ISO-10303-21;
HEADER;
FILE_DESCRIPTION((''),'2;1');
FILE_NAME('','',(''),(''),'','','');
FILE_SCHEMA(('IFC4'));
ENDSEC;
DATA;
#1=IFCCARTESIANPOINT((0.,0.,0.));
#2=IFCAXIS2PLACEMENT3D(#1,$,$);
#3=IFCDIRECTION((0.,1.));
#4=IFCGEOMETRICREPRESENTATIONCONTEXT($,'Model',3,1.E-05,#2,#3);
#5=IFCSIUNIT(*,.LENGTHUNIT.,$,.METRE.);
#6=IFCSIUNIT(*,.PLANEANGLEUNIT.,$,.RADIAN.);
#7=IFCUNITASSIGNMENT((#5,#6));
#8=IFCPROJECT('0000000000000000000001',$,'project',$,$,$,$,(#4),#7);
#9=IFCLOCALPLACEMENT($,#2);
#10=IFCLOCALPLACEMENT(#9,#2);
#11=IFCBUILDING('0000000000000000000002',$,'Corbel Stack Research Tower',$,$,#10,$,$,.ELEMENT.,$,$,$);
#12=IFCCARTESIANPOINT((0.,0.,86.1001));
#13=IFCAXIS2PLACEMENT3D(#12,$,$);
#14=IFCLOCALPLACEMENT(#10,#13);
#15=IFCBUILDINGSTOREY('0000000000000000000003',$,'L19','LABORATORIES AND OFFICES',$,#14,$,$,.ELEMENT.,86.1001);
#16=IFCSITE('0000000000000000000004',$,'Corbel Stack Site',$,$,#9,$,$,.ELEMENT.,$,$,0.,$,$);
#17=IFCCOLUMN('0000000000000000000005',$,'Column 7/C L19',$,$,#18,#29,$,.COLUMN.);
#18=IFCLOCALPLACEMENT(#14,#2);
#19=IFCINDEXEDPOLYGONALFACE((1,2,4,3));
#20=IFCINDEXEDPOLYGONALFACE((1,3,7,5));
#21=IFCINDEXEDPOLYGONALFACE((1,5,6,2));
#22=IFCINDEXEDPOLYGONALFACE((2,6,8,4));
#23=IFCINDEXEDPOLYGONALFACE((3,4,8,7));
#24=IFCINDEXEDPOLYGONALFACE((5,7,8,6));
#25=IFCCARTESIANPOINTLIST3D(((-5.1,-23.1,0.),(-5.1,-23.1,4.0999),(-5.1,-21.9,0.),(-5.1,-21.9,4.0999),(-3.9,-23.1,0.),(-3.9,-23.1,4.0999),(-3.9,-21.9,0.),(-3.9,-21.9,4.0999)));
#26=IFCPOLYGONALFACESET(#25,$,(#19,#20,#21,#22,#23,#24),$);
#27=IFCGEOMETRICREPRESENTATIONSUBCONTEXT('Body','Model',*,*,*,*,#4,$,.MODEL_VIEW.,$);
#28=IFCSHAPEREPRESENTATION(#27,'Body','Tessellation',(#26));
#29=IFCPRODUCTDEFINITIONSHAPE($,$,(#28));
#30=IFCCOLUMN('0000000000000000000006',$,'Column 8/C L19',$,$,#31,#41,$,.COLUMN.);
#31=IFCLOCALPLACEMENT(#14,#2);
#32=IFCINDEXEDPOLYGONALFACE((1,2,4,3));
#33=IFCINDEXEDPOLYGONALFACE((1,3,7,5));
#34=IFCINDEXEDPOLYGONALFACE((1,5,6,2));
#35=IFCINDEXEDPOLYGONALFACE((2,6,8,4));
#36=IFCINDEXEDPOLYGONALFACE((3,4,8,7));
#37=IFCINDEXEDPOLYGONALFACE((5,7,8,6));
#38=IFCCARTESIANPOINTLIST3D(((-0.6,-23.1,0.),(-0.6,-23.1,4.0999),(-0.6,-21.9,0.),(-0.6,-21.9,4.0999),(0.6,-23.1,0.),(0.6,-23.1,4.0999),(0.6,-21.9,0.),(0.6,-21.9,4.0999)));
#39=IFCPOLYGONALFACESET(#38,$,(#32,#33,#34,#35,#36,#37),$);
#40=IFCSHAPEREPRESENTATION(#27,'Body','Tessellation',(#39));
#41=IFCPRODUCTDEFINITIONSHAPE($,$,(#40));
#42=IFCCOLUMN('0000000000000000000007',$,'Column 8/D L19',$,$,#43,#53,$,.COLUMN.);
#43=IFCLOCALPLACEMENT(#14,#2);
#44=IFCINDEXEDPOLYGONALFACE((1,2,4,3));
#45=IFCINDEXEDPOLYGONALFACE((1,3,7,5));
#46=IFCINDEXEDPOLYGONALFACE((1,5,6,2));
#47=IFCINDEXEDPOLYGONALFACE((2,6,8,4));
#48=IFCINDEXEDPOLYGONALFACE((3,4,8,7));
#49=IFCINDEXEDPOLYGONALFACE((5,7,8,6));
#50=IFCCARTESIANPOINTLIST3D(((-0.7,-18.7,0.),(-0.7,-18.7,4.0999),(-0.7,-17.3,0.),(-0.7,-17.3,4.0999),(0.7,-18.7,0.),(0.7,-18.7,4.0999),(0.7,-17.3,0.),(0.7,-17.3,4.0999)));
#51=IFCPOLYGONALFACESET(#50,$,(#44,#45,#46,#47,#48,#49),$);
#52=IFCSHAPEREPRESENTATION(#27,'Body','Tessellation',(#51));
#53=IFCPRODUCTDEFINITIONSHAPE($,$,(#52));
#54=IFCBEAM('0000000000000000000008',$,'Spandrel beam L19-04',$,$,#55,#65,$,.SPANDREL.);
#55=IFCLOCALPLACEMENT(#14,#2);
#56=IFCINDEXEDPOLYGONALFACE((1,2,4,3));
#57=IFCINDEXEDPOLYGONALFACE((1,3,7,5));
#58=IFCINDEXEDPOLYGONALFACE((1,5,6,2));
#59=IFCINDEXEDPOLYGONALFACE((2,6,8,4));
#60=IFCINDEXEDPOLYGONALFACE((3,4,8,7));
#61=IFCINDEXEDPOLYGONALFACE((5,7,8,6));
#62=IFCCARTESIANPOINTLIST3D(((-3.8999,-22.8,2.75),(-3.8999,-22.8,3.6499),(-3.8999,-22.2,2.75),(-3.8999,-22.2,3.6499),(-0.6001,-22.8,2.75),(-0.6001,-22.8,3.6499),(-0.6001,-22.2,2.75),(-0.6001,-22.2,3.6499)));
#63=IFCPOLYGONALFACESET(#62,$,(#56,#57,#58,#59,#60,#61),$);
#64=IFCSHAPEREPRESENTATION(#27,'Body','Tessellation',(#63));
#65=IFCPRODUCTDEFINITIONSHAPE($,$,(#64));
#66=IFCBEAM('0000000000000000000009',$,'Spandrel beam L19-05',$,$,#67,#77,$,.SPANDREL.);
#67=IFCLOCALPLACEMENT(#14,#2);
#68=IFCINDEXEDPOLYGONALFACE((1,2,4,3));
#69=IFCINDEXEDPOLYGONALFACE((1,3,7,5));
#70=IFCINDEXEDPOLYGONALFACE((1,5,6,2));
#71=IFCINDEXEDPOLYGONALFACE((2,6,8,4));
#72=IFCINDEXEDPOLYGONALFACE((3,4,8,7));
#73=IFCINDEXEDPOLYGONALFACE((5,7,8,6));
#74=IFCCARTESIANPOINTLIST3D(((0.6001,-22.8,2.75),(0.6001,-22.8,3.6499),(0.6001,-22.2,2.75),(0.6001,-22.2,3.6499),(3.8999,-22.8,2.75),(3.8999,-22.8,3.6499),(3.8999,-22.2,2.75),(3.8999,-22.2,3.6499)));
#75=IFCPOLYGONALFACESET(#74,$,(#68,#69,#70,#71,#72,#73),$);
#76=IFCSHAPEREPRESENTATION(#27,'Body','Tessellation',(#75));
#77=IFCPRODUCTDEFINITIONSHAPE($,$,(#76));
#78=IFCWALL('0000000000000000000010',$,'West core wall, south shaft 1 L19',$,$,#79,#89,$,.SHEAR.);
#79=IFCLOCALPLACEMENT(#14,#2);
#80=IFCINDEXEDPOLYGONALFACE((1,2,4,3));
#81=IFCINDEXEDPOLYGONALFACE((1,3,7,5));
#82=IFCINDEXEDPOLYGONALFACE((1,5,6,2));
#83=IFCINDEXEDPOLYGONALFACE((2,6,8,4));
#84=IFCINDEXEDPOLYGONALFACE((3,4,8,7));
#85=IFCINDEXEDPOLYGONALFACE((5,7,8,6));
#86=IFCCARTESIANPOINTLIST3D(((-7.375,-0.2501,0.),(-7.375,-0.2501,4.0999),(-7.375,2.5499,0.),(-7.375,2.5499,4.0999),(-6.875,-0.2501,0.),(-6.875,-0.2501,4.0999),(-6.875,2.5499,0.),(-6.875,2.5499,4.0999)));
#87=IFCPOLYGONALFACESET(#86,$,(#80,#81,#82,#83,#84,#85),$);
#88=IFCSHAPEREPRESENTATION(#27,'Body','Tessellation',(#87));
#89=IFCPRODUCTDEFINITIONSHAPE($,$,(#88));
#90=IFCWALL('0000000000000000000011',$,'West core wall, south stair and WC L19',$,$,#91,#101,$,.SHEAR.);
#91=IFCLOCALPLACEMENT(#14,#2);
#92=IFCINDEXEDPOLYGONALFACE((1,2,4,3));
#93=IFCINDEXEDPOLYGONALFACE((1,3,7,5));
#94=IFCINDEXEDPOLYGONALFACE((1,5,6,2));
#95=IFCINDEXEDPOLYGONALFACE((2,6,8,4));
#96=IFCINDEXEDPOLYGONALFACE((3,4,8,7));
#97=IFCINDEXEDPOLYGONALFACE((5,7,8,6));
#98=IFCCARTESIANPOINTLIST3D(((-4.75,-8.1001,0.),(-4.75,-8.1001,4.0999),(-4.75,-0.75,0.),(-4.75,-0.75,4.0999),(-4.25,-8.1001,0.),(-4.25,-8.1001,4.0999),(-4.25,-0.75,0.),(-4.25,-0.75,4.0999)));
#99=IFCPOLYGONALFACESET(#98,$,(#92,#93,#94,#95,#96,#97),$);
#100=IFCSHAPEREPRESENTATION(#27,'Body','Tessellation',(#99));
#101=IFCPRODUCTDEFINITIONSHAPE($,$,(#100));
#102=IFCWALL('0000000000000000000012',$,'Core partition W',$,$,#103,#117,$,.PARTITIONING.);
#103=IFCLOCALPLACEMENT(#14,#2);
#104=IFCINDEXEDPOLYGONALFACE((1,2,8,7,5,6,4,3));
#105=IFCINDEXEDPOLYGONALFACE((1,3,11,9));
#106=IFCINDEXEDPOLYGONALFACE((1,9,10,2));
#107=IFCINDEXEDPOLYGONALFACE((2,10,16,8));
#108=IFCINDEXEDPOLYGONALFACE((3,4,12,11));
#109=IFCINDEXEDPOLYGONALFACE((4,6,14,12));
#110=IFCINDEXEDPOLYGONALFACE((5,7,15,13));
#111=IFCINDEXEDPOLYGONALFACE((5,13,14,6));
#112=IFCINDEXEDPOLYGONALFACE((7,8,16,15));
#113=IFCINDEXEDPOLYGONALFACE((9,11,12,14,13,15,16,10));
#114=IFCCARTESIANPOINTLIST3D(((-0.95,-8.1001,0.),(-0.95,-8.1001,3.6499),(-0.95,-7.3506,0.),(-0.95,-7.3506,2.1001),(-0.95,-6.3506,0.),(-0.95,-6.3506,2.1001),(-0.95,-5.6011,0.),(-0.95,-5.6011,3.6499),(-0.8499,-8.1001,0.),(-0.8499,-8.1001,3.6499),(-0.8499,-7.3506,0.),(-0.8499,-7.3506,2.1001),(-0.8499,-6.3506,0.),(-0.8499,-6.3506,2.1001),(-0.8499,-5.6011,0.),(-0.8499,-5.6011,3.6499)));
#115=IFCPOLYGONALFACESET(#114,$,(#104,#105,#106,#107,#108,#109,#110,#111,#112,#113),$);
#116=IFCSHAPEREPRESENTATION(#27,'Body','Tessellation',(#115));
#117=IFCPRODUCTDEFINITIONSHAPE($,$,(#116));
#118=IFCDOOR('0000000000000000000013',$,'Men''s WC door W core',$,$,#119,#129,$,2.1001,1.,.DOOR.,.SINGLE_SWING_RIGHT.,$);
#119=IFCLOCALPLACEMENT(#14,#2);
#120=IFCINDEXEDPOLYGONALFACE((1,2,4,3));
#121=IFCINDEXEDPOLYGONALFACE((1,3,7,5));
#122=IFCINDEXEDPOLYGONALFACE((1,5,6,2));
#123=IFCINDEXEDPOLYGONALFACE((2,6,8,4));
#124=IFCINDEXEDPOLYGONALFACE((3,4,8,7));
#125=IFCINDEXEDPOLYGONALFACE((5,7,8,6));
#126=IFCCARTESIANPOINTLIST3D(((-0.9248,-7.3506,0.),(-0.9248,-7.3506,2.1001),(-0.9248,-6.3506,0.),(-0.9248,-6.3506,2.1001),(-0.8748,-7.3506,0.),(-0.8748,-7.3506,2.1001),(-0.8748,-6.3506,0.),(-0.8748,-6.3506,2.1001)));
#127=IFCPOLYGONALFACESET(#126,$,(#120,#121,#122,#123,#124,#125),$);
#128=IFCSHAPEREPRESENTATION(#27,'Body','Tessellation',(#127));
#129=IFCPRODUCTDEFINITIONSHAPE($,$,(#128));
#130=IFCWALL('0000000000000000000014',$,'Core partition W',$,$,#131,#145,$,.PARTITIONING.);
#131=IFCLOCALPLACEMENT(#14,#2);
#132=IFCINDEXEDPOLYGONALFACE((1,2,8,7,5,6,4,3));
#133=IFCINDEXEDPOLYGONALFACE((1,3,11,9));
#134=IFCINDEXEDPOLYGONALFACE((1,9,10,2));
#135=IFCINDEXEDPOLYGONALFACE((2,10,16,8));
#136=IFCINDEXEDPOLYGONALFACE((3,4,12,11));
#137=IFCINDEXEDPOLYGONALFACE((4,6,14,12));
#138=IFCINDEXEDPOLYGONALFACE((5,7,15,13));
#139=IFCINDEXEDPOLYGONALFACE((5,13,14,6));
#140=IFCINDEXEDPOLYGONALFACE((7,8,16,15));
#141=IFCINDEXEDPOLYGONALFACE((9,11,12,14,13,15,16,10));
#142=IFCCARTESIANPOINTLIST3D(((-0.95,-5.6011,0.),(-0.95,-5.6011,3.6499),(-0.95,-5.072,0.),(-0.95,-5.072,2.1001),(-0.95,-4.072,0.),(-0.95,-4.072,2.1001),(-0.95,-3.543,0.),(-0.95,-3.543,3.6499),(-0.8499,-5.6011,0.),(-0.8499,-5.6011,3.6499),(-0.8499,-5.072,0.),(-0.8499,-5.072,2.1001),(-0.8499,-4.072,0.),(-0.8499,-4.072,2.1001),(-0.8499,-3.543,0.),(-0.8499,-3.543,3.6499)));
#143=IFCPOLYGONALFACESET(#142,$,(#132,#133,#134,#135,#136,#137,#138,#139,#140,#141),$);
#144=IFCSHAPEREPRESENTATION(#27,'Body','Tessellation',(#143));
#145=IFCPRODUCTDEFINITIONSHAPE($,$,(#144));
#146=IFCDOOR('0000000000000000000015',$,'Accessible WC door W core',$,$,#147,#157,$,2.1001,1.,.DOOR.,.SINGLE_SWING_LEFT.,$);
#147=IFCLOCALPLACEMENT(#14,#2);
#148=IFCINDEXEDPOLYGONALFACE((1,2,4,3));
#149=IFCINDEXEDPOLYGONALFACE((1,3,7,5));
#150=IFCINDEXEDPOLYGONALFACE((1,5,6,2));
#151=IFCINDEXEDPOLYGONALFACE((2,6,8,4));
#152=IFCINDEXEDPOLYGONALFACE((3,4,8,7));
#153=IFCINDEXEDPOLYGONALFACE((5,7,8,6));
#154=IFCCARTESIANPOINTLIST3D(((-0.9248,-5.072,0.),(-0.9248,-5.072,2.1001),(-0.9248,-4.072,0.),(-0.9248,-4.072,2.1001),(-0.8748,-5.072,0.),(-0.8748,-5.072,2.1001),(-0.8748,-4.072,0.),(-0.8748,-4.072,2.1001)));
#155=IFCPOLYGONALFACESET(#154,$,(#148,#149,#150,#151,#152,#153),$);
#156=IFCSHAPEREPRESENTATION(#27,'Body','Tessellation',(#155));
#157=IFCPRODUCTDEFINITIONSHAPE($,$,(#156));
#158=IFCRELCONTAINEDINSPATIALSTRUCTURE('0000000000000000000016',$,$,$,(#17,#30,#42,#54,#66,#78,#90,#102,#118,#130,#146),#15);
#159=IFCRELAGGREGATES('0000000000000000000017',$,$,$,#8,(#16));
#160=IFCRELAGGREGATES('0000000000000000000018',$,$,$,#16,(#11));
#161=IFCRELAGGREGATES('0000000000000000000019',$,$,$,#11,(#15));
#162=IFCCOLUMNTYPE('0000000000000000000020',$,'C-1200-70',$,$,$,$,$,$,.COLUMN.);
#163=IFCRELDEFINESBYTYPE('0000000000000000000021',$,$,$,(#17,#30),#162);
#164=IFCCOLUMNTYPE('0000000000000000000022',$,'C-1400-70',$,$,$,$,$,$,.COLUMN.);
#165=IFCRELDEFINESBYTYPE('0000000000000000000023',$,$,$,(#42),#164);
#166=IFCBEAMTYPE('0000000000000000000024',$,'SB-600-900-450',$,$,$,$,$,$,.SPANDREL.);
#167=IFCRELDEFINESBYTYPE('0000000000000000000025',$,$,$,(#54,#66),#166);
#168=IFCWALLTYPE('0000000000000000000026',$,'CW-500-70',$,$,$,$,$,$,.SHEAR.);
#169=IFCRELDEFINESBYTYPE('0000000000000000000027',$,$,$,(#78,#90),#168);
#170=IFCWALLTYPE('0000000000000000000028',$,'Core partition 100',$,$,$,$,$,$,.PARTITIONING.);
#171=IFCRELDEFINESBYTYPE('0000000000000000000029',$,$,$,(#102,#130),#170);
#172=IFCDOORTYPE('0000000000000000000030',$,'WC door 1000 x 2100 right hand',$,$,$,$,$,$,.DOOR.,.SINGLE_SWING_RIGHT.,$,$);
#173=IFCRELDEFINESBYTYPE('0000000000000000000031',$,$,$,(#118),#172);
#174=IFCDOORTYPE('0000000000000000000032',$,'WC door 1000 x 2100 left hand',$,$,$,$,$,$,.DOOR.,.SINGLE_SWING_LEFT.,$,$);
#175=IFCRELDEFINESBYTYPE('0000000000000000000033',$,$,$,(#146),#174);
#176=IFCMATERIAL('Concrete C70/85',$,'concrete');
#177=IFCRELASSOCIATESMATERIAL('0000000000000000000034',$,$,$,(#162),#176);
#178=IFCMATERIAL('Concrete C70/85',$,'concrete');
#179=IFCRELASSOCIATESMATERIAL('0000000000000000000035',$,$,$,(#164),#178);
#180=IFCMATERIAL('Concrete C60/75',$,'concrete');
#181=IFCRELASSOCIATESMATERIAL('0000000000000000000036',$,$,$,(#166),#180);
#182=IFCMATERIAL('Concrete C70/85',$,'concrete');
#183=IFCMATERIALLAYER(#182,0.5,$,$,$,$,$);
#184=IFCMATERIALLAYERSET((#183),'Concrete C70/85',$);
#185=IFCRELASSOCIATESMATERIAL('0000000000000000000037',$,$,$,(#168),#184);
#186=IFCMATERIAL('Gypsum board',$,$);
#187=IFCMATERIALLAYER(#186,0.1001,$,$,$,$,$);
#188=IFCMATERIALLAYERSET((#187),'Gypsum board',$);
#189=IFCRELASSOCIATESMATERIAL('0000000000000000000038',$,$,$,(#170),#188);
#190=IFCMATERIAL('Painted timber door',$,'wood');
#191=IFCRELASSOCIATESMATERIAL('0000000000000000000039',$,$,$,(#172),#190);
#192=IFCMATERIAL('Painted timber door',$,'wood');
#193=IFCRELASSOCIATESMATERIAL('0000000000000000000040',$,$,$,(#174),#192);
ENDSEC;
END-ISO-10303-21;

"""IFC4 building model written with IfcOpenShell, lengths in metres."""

from ifc_helpers import new_model, si_unit, direction, frame, frame_2d, origin, origin_2d, place, context, subcontext, project, spatial, rectangle, extrude, material, layer, layer_set, material_profile, profile_set, type_object, element, fill, save


model = new_model("IFC4")

# Units and contexts
model_context = context("Model", 3, precision=1e-05, world=origin(), true_north=direction((0.0, 1.0)))
body_context = subcontext(model_context, "Body", "Model", "MODEL_VIEW")
ifc_project = project(units=[si_unit("LENGTHUNIT", "METRE"), si_unit("PLANEANGLEUNIT", "RADIAN")], contexts=[model_context])

# Site, building, storey
site_placement = place(None, origin())
site = spatial("IfcSite", under=ifc_project, at=site_placement, Name="Corbel Stack Site", CompositionType="ELEMENT", RefElevation=0.0)
building_placement = place(site_placement, origin())
building = spatial("IfcBuilding", under=site, at=building_placement, Name="Corbel Stack Research Tower", CompositionType="ELEMENT")
storey_placement = place(building_placement, frame((0.0, 0.0, 86.1001)))
storey = spatial("IfcBuildingStorey", under=building, at=storey_placement, Name="L19", Description="LABORATORIES AND OFFICES", CompositionType="ELEMENT", Elevation=86.1001)

# Columns
ifc_material_1 = material(Name="Concrete C70/85", Category="concrete")
ifc_material_profile_1 = material_profile(ifc_material_1, rectangle(XDim=1.2, YDim=1.2, at=origin_2d()), Name="RC 1200 x 1200")
ifc_profile_set_1 = profile_set([ifc_material_profile_1], Name="Concrete C70/85")
column_type_1 = type_object("IfcColumnType", Name="C-1200-70", PredefinedType="COLUMN", material=ifc_profile_set_1)
for number, where, z_axis, x_axis, name in (
    (1, (-4.5, -22.5, 0.0), (0.0, 0.0, 1.0), (1.0, 0.0, 0.0), "Column 7/C L19"),
    (2, (0.0, -22.5, 0.0), (0.0, 0.0, 1.0), (1.0, 0.0, 0.0), "Column 8/C L19"),
):
    element("IfcColumn", number, at=place(storey_placement, frame(where, z_axis=z_axis, x_axis=x_axis)), inside=storey, type_object=column_type_1, Name=name, PredefinedType="COLUMN", context=body_context, shape_type="SweptSolid", body=[
        extrude(rectangle(XDim=1.2, YDim=1.2, at=origin_2d()), origin(), (0.0, 0.0, 1.0), 4.0999),
    ])
ifc_material_2 = material(Name="Concrete C70/85", Category="concrete")
ifc_material_profile_2 = material_profile(ifc_material_2, rectangle(XDim=1.3999, YDim=1.3999, at=origin_2d()), Name="RC 1400 x 1400")
ifc_profile_set_2 = profile_set([ifc_material_profile_2], Name="Concrete C70/85")
column_type_2 = type_object("IfcColumnType", Name="C-1400-70", PredefinedType="COLUMN", material=ifc_profile_set_2)
column_placement = place(storey_placement, frame((0.0, -18.0, 0.0), z_axis=(0.0, 0.0, 1.0), x_axis=(1.0, 0.0, 0.0)))
element("IfcColumn", 3, at=column_placement, inside=storey, type_object=column_type_2, Name="Column 8/D L19", PredefinedType="COLUMN", context=body_context, shape_type="SweptSolid", body=[
    extrude(rectangle(XDim=1.3999, YDim=1.3999, at=origin_2d()), origin(), (0.0, 0.0, 1.0), 4.0999),
])

# Beams
ifc_material_3 = material(Name="Concrete C60/75", Category="concrete")
ifc_material_profile_3 = material_profile(ifc_material_3, rectangle(XDim=0.6001, YDim=0.8999, at=origin_2d()), Name="RC 600 x 900")
ifc_profile_set_3 = profile_set([ifc_material_profile_3], Name="Concrete C60/75")
beam_type = type_object("IfcBeamType", Name="SB-600-900-450", PredefinedType="SPANDREL", material=ifc_profile_set_3)
for number, where, z_axis, x_axis, name in (
    (4, (-3.8999, -22.5, 3.2), (1.0, 0.0, 0.0), (0.0, 1.0, 0.0), "Spandrel beam L19-04"),
    (5, (0.6001, -22.5, 3.2), (1.0, 0.0, 0.0), (0.0, 1.0, 0.0), "Spandrel beam L19-05"),
):
    element("IfcBeam", number, at=place(storey_placement, frame(where, z_axis=z_axis, x_axis=x_axis)), inside=storey, type_object=beam_type, Name=name, PredefinedType="SPANDREL", context=body_context, shape_type="SweptSolid", body=[
        extrude(rectangle(XDim=0.6001, YDim=0.8999, at=origin_2d()), origin(), (0.0, 0.0, 1.0), 3.2998),
    ])

# Walls
ifc_material_4 = material(Name="Concrete C70/85", Category="concrete")
ifc_layer_1 = layer(ifc_material_4, 0.5)
ifc_layer_set_1 = layer_set([ifc_layer_1], Name="Concrete C70/85")
wall_type_1 = type_object("IfcWallType", Name="CW-500-70", PredefinedType="SHEAR", material=ifc_layer_set_1)
wall_1_placement = place(storey_placement, frame((-7.125, -0.25, 0.0), z_axis=(0.0, 0.0, 1.0), x_axis=(0.0, 1.0, 0.0)))
element("IfcWall", 6, at=wall_1_placement, inside=storey, type_object=wall_type_1, Name="West core wall, south shaft 1 L19", PredefinedType="SHEAR", context=body_context, shape_type="SweptSolid", body=[
    extrude(rectangle(XDim=2.8, YDim=0.5, at=frame_2d((1.3999, 0.0))), origin(), (0.0, 0.0, 1.0), 4.0999),
])
wall_2_placement = place(storey_placement, frame((-4.5, -8.1001, 0.0), z_axis=(0.0, 0.0, 1.0), x_axis=(0.0, 1.0, 0.0)))
element("IfcWall", 7, at=wall_2_placement, inside=storey, type_object=wall_type_1, Name="West core wall, south stair and WC L19", PredefinedType="SHEAR", context=body_context, shape_type="SweptSolid", body=[
    extrude(rectangle(XDim=7.3501, YDim=0.5, at=frame_2d((3.675, 0.0))), origin(), (0.0, 0.0, 1.0), 4.0999),
])

# Walls, openings, doors
ifc_material_5 = material(Name="Gypsum board")
ifc_layer_2 = layer(ifc_material_5, 0.1001)
ifc_layer_set_2 = layer_set([ifc_layer_2], Name="Gypsum board")
wall_type_2 = type_object("IfcWallType", Name="Core partition 100", PredefinedType="PARTITIONING", material=ifc_layer_set_2)
wall_3_placement = place(storey_placement, frame((-0.8999, -8.1001, 0.0), z_axis=(0.0, 0.0, 1.0), x_axis=(0.0, 1.0, 0.0)))
wall_3 = element("IfcWall", 8, at=wall_3_placement, inside=storey, type_object=wall_type_2, Name="Core partition W", PredefinedType="PARTITIONING", context=body_context, shape_type="SweptSolid", body=[
    extrude(rectangle(XDim=2.499, YDim=0.1001, at=frame_2d((1.2495, 0.0))), origin(), (0.0, 0.0, 1.0), 3.6499),
])
opening_1_placement = place(wall_3_placement, frame((0.7495, 0.0, 0.0)))
opening_1 = element("IfcOpeningElement", 9, at=opening_1_placement, cuts=wall_3, PredefinedType="OPENING", context=body_context, shape_type="SweptSolid", body=[
    extrude(rectangle(XDim=1.0, YDim=2.1001, at=frame_2d((0.5, 1.05))), frame((0.0, 0.0601, 0.0), z_axis=(0.0, -1.0, 0.0), x_axis=(1.0, 0.0, 0.0)), (0.0, 0.0, 1.0), 0.1201),
])
ifc_material_6 = material(Name="Painted timber door", Category="wood")
door_type_1 = type_object("IfcDoorType", Name="WC door 1000 x 2100 right hand", OperationType="SINGLE_SWING_RIGHT", PredefinedType="DOOR", material=ifc_material_6)
door_1_placement = place(opening_1_placement, origin())
door_1 = element("IfcDoor", 10, at=door_1_placement, inside=storey, type_object=door_type_1, Name="Men's WC door W core", OperationType="SINGLE_SWING_RIGHT", OverallHeight=2.1001, OverallWidth=1.0, PredefinedType="DOOR", context=body_context, shape_type="SweptSolid", body=[
    extrude(rectangle(XDim=1.0, YDim=2.1001, at=frame_2d((0.5, 1.05))), frame((0.0, 0.0249, 0.0), z_axis=(0.0, -1.0, 0.0), x_axis=(1.0, 0.0, 0.0)), (0.0, 0.0, 1.0), 0.05),
])
fill(opening_1, door_1)
wall_4_placement = place(storey_placement, frame((-0.8999, -5.6011, 0.0), z_axis=(0.0, 0.0, 1.0), x_axis=(0.0, 1.0, 0.0)))
wall_4 = element("IfcWall", 11, at=wall_4_placement, inside=storey, type_object=wall_type_2, Name="Core partition W", PredefinedType="PARTITIONING", context=body_context, shape_type="SweptSolid", body=[
    extrude(rectangle(XDim=2.0581, YDim=0.1001, at=frame_2d((1.0291, 0.0))), origin(), (0.0, 0.0, 1.0), 3.6499),
])
opening_2_placement = place(wall_4_placement, frame((0.5291, 0.0, 0.0)))
opening_2 = element("IfcOpeningElement", 12, at=opening_2_placement, cuts=wall_4, PredefinedType="OPENING", context=body_context, shape_type="SweptSolid", body=[
    extrude(rectangle(XDim=1.0, YDim=2.1001, at=frame_2d((0.5, 1.05))), frame((0.0, 0.0601, 0.0), z_axis=(0.0, -1.0, 0.0), x_axis=(1.0, 0.0, 0.0)), (0.0, 0.0, 1.0), 0.1201),
])
ifc_material_7 = material(Name="Painted timber door", Category="wood")
door_type_2 = type_object("IfcDoorType", Name="WC door 1000 x 2100 left hand", OperationType="SINGLE_SWING_LEFT", PredefinedType="DOOR", material=ifc_material_7)
door_2_placement = place(opening_2_placement, origin())
door_2 = element("IfcDoor", 13, at=door_2_placement, inside=storey, type_object=door_type_2, Name="Accessible WC door W core", OperationType="SINGLE_SWING_LEFT", OverallHeight=2.1001, OverallWidth=1.0, PredefinedType="DOOR", context=body_context, shape_type="SweptSolid", body=[
    extrude(rectangle(XDim=1.0, YDim=2.1001, at=frame_2d((0.5, 1.05))), frame((0.0, 0.0249, 0.0), z_axis=(0.0, -1.0, 0.0), x_axis=(1.0, 0.0, 0.0)), (0.0, 0.0, 1.0), 0.05),
])
fill(opening_2, door_2)

save(model, "model.ifc")
